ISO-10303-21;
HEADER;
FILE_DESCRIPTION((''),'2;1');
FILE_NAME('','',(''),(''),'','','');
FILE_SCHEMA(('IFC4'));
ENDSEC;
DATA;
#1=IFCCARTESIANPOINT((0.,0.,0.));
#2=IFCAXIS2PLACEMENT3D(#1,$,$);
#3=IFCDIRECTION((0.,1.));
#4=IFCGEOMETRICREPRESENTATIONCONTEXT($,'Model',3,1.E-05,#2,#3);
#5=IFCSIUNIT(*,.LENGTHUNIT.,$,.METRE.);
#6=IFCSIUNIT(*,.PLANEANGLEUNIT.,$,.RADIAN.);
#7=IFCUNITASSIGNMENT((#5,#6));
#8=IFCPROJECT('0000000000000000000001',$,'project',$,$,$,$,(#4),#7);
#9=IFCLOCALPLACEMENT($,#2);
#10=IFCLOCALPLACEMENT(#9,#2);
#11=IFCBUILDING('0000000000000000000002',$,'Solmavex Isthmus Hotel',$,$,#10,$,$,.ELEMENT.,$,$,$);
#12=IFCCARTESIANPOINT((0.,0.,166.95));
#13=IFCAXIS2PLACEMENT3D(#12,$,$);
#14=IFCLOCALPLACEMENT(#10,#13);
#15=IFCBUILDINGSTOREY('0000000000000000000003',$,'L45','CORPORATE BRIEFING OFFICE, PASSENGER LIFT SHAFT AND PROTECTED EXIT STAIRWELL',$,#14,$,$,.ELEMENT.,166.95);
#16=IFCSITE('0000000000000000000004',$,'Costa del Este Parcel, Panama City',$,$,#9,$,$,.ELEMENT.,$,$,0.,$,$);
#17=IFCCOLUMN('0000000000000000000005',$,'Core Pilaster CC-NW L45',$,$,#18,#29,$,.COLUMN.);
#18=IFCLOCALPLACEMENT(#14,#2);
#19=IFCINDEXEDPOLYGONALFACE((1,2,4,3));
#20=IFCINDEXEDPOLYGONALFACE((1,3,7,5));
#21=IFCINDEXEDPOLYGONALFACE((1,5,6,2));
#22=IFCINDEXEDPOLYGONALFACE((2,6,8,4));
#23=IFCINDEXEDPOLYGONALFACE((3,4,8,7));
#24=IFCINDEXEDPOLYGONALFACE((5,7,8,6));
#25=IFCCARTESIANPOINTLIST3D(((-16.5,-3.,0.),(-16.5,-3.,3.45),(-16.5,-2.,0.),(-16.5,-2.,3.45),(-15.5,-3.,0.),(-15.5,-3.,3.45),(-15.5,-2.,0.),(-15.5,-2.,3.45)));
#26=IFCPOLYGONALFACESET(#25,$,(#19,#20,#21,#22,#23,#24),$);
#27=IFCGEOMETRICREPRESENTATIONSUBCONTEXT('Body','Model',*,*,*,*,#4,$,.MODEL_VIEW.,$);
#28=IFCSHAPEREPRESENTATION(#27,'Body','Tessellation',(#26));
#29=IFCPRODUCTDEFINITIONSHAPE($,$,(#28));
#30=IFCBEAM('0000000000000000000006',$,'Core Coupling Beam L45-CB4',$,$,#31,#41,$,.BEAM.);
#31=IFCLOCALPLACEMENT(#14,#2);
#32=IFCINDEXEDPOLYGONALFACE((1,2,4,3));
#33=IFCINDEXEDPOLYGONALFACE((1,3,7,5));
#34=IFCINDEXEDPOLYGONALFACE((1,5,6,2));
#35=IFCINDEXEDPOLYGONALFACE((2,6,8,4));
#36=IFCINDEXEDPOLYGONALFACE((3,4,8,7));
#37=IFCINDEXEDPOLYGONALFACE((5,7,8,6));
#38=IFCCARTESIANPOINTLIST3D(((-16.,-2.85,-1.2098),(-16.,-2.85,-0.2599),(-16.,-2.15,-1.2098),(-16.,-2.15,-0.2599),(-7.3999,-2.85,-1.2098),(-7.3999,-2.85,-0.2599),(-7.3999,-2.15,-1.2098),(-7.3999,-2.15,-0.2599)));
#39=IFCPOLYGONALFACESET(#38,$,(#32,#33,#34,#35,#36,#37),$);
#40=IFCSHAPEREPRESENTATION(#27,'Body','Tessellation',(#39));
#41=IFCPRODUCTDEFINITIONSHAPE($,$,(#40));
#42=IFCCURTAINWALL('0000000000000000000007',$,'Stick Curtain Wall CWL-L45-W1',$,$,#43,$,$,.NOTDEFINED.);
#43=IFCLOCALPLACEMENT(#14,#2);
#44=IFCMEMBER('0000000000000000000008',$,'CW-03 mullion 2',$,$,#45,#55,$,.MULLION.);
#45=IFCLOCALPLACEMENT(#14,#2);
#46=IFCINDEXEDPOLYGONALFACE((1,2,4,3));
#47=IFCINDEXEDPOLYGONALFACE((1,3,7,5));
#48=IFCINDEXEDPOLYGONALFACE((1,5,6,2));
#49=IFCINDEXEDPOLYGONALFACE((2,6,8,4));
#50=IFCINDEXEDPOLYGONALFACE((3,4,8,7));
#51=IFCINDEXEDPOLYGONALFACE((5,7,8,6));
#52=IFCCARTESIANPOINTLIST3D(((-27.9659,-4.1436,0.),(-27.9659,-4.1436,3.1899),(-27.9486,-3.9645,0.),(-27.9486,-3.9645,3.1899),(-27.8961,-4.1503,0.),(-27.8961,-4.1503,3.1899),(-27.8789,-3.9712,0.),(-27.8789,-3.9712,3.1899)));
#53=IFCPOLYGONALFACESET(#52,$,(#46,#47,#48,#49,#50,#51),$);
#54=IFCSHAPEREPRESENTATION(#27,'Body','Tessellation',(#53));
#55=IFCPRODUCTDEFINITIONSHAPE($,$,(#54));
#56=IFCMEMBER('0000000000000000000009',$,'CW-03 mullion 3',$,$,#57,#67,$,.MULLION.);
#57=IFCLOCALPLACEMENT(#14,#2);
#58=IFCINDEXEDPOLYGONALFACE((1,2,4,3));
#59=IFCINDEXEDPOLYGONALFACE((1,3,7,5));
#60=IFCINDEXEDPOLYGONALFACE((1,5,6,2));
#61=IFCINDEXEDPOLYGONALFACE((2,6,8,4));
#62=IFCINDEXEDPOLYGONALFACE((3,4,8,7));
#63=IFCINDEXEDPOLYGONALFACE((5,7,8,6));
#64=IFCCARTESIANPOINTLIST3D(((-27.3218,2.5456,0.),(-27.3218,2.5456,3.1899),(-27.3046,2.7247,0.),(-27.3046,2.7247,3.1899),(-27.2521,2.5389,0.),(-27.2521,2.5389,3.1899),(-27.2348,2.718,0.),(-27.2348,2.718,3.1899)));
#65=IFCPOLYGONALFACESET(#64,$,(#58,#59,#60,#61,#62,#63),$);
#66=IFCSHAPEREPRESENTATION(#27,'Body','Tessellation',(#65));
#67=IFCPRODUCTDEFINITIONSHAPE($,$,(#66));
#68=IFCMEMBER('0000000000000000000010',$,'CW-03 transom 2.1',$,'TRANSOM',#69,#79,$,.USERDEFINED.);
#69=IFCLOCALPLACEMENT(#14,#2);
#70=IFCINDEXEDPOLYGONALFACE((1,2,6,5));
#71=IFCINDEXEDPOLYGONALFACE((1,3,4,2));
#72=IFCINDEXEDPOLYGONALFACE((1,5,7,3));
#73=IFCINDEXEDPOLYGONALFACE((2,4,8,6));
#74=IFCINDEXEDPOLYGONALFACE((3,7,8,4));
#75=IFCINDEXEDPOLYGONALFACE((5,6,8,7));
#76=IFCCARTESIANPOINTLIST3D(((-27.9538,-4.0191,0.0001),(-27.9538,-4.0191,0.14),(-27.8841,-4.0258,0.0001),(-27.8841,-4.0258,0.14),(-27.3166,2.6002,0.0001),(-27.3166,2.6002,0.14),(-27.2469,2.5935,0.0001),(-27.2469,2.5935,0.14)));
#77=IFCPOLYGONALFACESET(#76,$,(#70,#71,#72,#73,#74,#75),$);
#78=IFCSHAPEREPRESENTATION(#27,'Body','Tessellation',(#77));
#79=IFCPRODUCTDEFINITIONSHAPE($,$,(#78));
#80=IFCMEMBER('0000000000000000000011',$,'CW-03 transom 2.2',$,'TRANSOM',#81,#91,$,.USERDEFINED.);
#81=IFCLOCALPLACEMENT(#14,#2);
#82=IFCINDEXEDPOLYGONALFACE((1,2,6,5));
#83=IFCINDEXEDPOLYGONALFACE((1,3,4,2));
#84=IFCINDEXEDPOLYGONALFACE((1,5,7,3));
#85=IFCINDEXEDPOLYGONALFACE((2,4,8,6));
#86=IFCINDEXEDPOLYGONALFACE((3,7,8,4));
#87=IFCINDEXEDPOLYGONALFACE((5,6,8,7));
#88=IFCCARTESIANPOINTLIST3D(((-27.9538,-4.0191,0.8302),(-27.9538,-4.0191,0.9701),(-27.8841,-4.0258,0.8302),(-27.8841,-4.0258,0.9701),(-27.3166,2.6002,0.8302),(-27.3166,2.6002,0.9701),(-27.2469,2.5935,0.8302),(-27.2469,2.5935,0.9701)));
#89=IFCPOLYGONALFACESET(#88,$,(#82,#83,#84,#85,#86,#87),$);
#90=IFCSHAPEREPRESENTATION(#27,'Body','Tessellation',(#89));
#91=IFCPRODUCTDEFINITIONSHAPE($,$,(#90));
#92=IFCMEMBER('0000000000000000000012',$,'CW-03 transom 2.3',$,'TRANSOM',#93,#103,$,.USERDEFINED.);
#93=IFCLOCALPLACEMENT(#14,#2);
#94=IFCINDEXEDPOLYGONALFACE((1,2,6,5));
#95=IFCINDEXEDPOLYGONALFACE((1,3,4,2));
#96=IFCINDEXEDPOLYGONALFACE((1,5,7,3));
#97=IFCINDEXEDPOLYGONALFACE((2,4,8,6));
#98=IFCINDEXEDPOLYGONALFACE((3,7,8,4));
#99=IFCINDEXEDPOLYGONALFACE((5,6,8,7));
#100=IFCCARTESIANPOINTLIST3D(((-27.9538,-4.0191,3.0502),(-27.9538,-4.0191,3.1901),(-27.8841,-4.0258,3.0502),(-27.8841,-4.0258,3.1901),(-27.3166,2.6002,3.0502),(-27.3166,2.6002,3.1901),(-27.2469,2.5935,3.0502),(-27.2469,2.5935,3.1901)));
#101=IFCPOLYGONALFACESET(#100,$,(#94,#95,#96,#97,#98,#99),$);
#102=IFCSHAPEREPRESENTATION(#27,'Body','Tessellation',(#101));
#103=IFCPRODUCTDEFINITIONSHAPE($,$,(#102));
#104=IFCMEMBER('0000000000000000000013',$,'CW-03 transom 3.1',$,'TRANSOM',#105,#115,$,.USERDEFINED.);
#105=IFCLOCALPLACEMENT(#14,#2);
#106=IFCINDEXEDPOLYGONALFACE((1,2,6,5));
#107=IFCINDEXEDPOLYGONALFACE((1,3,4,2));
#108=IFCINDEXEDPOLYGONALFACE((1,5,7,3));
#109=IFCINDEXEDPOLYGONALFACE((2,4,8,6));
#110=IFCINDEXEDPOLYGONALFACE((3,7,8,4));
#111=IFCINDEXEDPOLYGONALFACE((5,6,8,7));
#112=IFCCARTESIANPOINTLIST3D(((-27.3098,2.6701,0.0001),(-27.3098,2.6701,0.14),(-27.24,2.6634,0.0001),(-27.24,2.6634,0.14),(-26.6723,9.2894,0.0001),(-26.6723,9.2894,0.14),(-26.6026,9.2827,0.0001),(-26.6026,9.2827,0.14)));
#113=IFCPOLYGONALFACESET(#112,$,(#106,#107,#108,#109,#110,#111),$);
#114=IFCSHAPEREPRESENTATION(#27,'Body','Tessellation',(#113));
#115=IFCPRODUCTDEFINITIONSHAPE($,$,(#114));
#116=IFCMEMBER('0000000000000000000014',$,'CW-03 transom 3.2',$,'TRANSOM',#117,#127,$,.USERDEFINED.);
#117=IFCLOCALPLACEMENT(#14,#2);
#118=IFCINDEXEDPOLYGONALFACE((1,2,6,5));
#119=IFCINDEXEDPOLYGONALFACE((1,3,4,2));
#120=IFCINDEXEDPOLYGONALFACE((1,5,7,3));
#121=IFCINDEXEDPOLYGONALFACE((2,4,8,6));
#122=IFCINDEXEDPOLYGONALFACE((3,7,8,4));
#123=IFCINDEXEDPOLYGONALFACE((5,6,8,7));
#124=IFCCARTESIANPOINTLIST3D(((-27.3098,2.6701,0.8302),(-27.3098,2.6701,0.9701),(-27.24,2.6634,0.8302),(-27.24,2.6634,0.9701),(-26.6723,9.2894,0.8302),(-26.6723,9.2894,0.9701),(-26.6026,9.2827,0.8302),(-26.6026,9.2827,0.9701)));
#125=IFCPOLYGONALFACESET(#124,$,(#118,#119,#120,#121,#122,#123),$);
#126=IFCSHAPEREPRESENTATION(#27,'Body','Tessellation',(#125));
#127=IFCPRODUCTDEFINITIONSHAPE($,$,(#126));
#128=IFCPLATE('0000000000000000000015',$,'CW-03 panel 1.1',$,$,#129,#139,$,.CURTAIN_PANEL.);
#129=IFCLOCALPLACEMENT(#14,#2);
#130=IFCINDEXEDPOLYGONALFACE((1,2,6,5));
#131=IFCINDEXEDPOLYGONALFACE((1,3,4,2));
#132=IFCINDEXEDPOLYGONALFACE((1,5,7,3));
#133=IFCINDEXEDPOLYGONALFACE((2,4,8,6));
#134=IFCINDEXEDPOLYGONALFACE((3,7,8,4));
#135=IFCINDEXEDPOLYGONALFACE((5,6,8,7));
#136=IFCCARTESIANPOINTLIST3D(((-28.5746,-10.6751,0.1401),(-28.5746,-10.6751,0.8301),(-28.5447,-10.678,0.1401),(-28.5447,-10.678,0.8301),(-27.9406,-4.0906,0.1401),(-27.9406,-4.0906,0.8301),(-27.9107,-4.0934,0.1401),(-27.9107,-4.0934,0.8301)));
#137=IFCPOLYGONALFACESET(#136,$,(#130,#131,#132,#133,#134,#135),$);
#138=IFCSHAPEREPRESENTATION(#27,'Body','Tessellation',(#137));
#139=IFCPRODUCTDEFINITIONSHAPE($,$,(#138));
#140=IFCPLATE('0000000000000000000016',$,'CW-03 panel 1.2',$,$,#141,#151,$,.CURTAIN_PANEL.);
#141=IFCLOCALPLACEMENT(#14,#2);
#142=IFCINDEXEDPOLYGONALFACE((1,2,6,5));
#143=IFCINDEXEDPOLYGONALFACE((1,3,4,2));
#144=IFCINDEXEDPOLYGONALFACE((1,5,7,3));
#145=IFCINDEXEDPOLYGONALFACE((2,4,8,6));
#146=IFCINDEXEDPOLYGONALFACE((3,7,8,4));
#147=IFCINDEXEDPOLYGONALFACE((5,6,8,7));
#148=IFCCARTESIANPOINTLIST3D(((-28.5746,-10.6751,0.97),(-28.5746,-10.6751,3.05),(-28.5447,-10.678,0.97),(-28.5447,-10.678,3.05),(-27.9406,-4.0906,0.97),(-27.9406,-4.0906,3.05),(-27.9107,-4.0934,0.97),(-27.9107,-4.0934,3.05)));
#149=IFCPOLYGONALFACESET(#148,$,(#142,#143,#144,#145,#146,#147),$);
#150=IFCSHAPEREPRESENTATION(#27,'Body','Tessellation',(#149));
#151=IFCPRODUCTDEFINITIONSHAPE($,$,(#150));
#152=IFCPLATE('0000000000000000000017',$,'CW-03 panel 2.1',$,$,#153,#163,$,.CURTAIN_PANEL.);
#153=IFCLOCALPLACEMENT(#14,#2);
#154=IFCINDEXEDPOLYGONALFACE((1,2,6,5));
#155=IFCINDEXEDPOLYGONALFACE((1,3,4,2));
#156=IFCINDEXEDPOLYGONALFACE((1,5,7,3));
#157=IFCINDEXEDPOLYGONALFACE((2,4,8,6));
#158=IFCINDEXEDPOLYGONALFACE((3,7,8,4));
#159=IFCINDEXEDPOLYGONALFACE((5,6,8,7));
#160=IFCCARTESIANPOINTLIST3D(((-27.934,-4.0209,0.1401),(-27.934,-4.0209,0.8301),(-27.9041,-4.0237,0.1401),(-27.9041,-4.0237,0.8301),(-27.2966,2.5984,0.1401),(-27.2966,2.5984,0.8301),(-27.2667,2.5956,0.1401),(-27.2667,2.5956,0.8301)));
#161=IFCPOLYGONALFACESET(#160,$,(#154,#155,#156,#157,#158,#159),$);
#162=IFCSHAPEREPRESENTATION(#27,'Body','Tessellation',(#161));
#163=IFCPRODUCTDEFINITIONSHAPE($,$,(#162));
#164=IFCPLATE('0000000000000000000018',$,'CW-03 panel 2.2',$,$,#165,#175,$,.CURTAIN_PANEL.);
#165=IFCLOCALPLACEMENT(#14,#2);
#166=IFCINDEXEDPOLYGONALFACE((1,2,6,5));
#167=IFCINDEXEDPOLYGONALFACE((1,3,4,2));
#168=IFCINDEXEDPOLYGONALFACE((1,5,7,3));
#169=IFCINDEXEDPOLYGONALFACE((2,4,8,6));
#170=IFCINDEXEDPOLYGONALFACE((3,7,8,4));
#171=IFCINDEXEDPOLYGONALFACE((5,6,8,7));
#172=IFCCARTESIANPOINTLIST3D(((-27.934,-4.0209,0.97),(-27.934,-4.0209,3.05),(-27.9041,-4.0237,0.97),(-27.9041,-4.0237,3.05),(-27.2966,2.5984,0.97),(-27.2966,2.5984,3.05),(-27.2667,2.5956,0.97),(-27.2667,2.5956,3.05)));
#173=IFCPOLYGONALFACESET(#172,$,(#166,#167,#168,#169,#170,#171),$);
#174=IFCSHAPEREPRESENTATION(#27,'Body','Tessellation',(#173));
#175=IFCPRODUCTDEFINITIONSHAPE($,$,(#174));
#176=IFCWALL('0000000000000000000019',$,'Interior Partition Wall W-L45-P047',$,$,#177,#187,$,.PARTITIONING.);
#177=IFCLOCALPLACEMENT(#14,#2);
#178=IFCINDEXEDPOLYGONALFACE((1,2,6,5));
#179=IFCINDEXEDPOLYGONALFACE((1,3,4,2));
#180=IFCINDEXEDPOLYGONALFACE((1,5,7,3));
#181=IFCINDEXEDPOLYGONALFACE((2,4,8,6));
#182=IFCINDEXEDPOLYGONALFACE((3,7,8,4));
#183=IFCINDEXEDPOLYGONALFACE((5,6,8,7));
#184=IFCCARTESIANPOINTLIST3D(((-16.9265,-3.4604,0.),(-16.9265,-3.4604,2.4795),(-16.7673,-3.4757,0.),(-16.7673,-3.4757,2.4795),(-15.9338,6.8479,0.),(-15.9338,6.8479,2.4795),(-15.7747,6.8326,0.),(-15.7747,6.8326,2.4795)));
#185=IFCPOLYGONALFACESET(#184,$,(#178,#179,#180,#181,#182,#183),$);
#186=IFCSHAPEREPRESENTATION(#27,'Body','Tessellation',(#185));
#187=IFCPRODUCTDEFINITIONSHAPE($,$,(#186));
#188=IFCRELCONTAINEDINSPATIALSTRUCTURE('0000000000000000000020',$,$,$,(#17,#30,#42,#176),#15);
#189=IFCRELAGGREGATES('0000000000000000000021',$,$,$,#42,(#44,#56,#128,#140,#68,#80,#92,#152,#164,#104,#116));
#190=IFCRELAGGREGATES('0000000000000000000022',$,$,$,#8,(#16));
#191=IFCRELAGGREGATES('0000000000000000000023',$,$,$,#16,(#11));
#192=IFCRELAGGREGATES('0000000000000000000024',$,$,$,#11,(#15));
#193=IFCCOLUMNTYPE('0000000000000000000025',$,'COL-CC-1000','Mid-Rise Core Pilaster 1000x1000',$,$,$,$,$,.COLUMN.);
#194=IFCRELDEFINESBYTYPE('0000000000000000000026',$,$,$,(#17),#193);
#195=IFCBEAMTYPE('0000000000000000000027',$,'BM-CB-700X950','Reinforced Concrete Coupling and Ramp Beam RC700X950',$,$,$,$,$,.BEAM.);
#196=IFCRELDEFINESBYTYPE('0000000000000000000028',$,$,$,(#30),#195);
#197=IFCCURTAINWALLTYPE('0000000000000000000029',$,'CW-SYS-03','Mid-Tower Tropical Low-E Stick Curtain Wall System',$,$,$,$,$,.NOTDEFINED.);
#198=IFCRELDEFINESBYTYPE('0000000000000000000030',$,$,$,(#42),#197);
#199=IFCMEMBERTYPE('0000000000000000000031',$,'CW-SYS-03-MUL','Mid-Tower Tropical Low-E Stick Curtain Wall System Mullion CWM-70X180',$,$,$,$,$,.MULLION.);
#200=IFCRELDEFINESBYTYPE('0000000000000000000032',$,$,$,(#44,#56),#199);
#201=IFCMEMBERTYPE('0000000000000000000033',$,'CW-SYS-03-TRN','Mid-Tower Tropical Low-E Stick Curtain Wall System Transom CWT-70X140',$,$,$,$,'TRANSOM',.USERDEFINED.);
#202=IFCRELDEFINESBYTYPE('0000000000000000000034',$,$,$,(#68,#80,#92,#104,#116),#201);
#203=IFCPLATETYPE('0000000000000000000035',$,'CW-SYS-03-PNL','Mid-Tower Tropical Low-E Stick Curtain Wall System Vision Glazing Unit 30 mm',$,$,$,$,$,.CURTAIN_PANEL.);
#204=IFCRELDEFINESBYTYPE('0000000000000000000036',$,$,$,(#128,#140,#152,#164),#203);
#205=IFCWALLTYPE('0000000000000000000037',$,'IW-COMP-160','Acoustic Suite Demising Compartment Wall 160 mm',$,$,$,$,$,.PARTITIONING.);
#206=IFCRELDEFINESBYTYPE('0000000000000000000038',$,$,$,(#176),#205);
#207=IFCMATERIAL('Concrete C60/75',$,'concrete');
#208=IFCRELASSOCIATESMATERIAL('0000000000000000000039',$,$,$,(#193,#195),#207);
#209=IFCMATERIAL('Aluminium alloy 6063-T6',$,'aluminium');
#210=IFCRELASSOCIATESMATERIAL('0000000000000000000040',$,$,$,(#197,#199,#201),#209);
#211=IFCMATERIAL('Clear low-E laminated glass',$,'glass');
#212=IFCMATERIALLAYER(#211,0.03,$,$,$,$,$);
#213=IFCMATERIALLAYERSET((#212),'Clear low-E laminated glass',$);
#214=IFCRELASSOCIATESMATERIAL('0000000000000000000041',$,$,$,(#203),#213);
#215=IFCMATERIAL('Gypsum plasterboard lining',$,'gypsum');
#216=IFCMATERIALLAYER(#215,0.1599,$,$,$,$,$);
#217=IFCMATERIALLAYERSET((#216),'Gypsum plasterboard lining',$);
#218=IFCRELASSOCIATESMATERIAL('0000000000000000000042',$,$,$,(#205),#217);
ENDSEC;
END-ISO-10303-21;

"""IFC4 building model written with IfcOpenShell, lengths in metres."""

from ifc_helpers import new_model, si_unit, direction, frame, frame_2d, origin, origin_2d, place, context, subcontext, project, spatial, rectangle, extrude, material, layer, layer_set, material_profile, profile_set, type_object, element, aggregate, save


model = new_model("IFC4")

# Units and contexts
model_context = context("Model", 3, precision=1e-05, world=origin(), true_north=direction((0.0, 1.0)))
body_context = subcontext(model_context, "Body", "Model", "MODEL_VIEW")
ifc_project = project(units=[si_unit("LENGTHUNIT", "METRE"), si_unit("PLANEANGLEUNIT", "RADIAN")], contexts=[model_context])

# Site, building, storey
site_placement = place(None, origin())
site = spatial("IfcSite", under=ifc_project, at=site_placement, Name="Costa del Este Parcel, Panama City", CompositionType="ELEMENT", RefElevation=0.0)
building_placement = place(site_placement, origin())
building = spatial("IfcBuilding", under=site, at=building_placement, Name="Solmavex Isthmus Hotel", CompositionType="ELEMENT")
storey_placement = place(building_placement, frame((0.0, 0.0, 166.95)))
storey = spatial("IfcBuildingStorey", under=building, at=storey_placement, Name="L45", Description="CORPORATE BRIEFING OFFICE, PASSENGER LIFT SHAFT AND PROTECTED EXIT STAIRWELL", CompositionType="ELEMENT", Elevation=166.95)

# Column
ifc_material_1 = material(Name="Concrete C60/75", Category="concrete")
ifc_material_profile_1 = material_profile(ifc_material_1, rectangle(XDim=1.0, YDim=1.0, at=origin_2d()), Name="RC1000X1000")
ifc_profile_set_1 = profile_set([ifc_material_profile_1], Name="Concrete C60/75")
column_type = type_object("IfcColumnType", Name="COL-CC-1000", Description="Mid-Rise Core Pilaster 1000x1000", PredefinedType="COLUMN", material=ifc_profile_set_1)
column_placement = place(storey_placement, frame((-16.0, -2.5, 0.0), z_axis=(0.0, 0.0, 1.0), x_axis=(1.0, 0.0, 0.0)))
element("IfcColumn", 1, at=column_placement, inside=storey, type_object=column_type, Name="Core Pilaster CC-NW L45", PredefinedType="COLUMN", context=body_context, shape_type="SweptSolid", body=[
    extrude(rectangle(XDim=1.0, YDim=1.0, at=origin_2d()), origin(), (0.0, 0.0, 1.0), 3.45),
])

# Beam
ifc_material_profile_2 = material_profile(ifc_material_1, rectangle(XDim=0.7, YDim=0.95, at=origin_2d()), Name="RC700X950")
ifc_profile_set_2 = profile_set([ifc_material_profile_2], Name="Concrete C60/75")
beam_type = type_object("IfcBeamType", Name="BM-CB-700X950", Description="Reinforced Concrete Coupling and Ramp Beam RC700X950", PredefinedType="BEAM", material=ifc_profile_set_2)
beam_placement = place(storey_placement, frame((-16.0, -2.5, -0.7349), z_axis=(1.0, 0.0, 0.0), x_axis=(0.0, 1.0, 0.0)))
element("IfcBeam", 2, at=beam_placement, inside=storey, type_object=beam_type, Name="Core Coupling Beam L45-CB4", PredefinedType="BEAM", context=body_context, shape_type="SweptSolid", body=[
    extrude(rectangle(XDim=0.7, YDim=0.95, at=origin_2d()), origin(), (0.0, 0.0, 1.0), 8.6001),
])

# Curtain wall, members, plates
ifc_material_2 = material(Name="Aluminium alloy 6063-T6", Category="aluminium")
curtain_wall_type = type_object("IfcCurtainWallType", Name="CW-SYS-03", Description="Mid-Tower Tropical Low-E Stick Curtain Wall System", PredefinedType="NOTDEFINED", material=ifc_material_2)
curtain_wall_placement = place(storey_placement, origin())
curtain_wall = element("IfcCurtainWall", 3, at=curtain_wall_placement, inside=storey, type_object=curtain_wall_type, Name="Stick Curtain Wall CWL-L45-W1", PredefinedType="NOTDEFINED")
ifc_material_profile_3 = material_profile(ifc_material_2, rectangle(XDim=0.0701, YDim=0.1799, at=origin_2d()), Name="CWM-70X180")
ifc_profile_set_3 = profile_set([ifc_material_profile_3], Name="Aluminium alloy 6063-T6")
member_type_1 = type_object("IfcMemberType", Name="CW-SYS-03-MUL", Description="Mid-Tower Tropical Low-E Stick Curtain Wall System Mullion CWM-70X180", PredefinedType="MULLION", material=ifc_profile_set_3)
member_1_placement = place(storey_placement, frame((-27.9224, -4.0574, 0.0), z_axis=(0.0, 0.0, 1.0), x_axis=(-0.995396, 0.095846, 0.0)))
member_1 = element("IfcMember", 4, at=member_1_placement, type_object=member_type_1, Name="CW-03 mullion 2", PredefinedType="MULLION", context=body_context, shape_type="SweptSolid", body=[
    extrude(rectangle(XDim=0.0701, YDim=0.1799, at=origin_2d()), origin(), (0.0, 0.0, 1.0), 3.1899),
])
member_2_placement = place(storey_placement, frame((-27.2783, 2.6318, 0.0), z_axis=(0.0, 0.0, 1.0), x_axis=(-0.995396, 0.095846, 0.0)))
member_2 = element("IfcMember", 5, at=member_2_placement, type_object=member_type_1, Name="CW-03 mullion 3", PredefinedType="MULLION", context=body_context, shape_type="SweptSolid", body=[
    extrude(rectangle(XDim=0.0701, YDim=0.1799, at=origin_2d()), origin(), (0.0, 0.0, 1.0), 3.1899),
])
ifc_material_profile_4 = material_profile(ifc_material_2, rectangle(XDim=0.0701, YDim=0.1399, at=origin_2d()), Name="CWT-70X140")
ifc_profile_set_4 = profile_set([ifc_material_profile_4], Name="Aluminium alloy 6063-T6")
member_type_2 = type_object("IfcMemberType", Name="CW-SYS-03-TRN", Description="Mid-Tower Tropical Low-E Stick Curtain Wall System Transom CWT-70X140", ElementType="TRANSOM", PredefinedType="USERDEFINED", material=ifc_profile_set_4)
member_3_placement = place(storey_placement, frame((-27.9189, -4.0225, 0.0701), z_axis=(0.095821, 0.995399, 0.0), x_axis=(-0.995399, 0.095821, 0.0)))
member_3 = element("IfcMember", 6, at=member_3_placement, type_object=member_type_2, Name="CW-03 transom 2.1", ObjectType="TRANSOM", PredefinedType="USERDEFINED", context=body_context, shape_type="SweptSolid", body=[
    extrude(rectangle(XDim=0.0701, YDim=0.1399, at=origin_2d()), origin(), (0.0, 0.0, 1.0), 6.6499),
])
member_4_placement = place(storey_placement, frame((-27.9189, -4.0225, 0.9001), z_axis=(0.095821, 0.995399, 0.0), x_axis=(-0.995399, 0.095821, 0.0)))
member_4 = element("IfcMember", 7, at=member_4_placement, type_object=member_type_2, Name="CW-03 transom 2.2", ObjectType="TRANSOM", PredefinedType="USERDEFINED", context=body_context, shape_type="SweptSolid", body=[
    extrude(rectangle(XDim=0.0701, YDim=0.1399, at=origin_2d()), origin(), (0.0, 0.0, 1.0), 6.6499),
])
member_5_placement = place(storey_placement, frame((-27.9189, -4.0225, 3.1201), z_axis=(0.095821, 0.995399, 0.0), x_axis=(-0.995399, 0.095821, 0.0)))
member_5 = element("IfcMember", 8, at=member_5_placement, type_object=member_type_2, Name="CW-03 transom 2.3", ObjectType="TRANSOM", PredefinedType="USERDEFINED", context=body_context, shape_type="SweptSolid", body=[
    extrude(rectangle(XDim=0.0701, YDim=0.1399, at=origin_2d()), origin(), (0.0, 0.0, 1.0), 6.6499),
])
member_6_placement = place(storey_placement, frame((-27.2749, 2.6667, 0.0701), z_axis=(0.095857, 0.995395, 0.0), x_axis=(-0.995395, 0.095857, 0.0)))
member_6 = element("IfcMember", 9, at=member_6_placement, type_object=member_type_2, Name="CW-03 transom 3.1", ObjectType="TRANSOM", PredefinedType="USERDEFINED", context=body_context, shape_type="SweptSolid", body=[
    extrude(rectangle(XDim=0.0701, YDim=0.1399, at=origin_2d()), origin(), (0.0, 0.0, 1.0), 6.6499),
])
member_7_placement = place(storey_placement, frame((-27.2749, 2.6667, 0.9001), z_axis=(0.095857, 0.995395, 0.0), x_axis=(-0.995395, 0.095857, 0.0)))
member_7 = element("IfcMember", 10, at=member_7_placement, type_object=member_type_2, Name="CW-03 transom 3.2", ObjectType="TRANSOM", PredefinedType="USERDEFINED", context=body_context, shape_type="SweptSolid", body=[
    extrude(rectangle(XDim=0.0701, YDim=0.1399, at=origin_2d()), origin(), (0.0, 0.0, 1.0), 6.6499),
])
ifc_material_3 = material(Name="Clear low-E laminated glass", Category="glass")
ifc_layer_1 = layer(ifc_material_3, 0.03)
ifc_layer_set_1 = layer_set([ifc_layer_1], Name="Clear low-E laminated glass")
plate_type = type_object("IfcPlateType", Name="CW-SYS-03-PNL", Description="Mid-Tower Tropical Low-E Stick Curtain Wall System Vision Glazing Unit 30 mm", PredefinedType="CURTAIN_PANEL", material=ifc_layer_set_1)
plate_1_placement = place(storey_placement, frame((-28.2427, -7.3843, 0.1401), z_axis=(0.0, 0.0, 1.0), x_axis=(0.095846, 0.995396, 0.0)))
plate_1 = element("IfcPlate", 11, at=plate_1_placement, type_object=plate_type, Name="CW-03 panel 1.1", PredefinedType="CURTAIN_PANEL", context=body_context, shape_type="SweptSolid", body=[
    extrude(rectangle(XDim=6.615, YDim=0.03, at=origin_2d()), origin(), (0.0, 0.0, 1.0), 0.6899),
])
plate_2_placement = place(storey_placement, frame((-28.2427, -7.3843, 0.97), z_axis=(0.0, 0.0, 1.0), x_axis=(0.095846, 0.995396, 0.0)))
plate_2 = element("IfcPlate", 12, at=plate_2_placement, type_object=plate_type, Name="CW-03 panel 1.2", PredefinedType="CURTAIN_PANEL", context=body_context, shape_type="SweptSolid", body=[
    extrude(rectangle(XDim=6.615, YDim=0.03, at=origin_2d()), origin(), (0.0, 0.0, 1.0), 2.0801),
])
plate_3_placement = place(storey_placement, frame((-27.6003, -0.7126, 0.1401), z_axis=(0.0, 0.0, 1.0), x_axis=(0.095846, 0.995396, 0.0)))
plate_3 = element("IfcPlate", 13, at=plate_3_placement, type_object=plate_type, Name="CW-03 panel 2.1", PredefinedType="CURTAIN_PANEL", context=body_context, shape_type="SweptSolid", body=[
    extrude(rectangle(XDim=6.6499, YDim=0.03, at=origin_2d()), origin(), (0.0, 0.0, 1.0), 0.6899),
])
plate_4_placement = place(storey_placement, frame((-27.6003, -0.7126, 0.97), z_axis=(0.0, 0.0, 1.0), x_axis=(0.095846, 0.995396, 0.0)))
plate_4 = element("IfcPlate", 14, at=plate_4_placement, type_object=plate_type, Name="CW-03 panel 2.2", PredefinedType="CURTAIN_PANEL", context=body_context, shape_type="SweptSolid", body=[
    extrude(rectangle(XDim=6.6499, YDim=0.03, at=origin_2d()), origin(), (0.0, 0.0, 1.0), 2.0801),
])
aggregate(curtain_wall, [member_1, member_2, plate_1, plate_2, member_3, member_4, member_5, plate_3, plate_4, member_6, member_7])

# Wall
ifc_material_4 = material(Name="Gypsum plasterboard lining", Category="gypsum")
ifc_layer_2 = layer(ifc_material_4, 0.1599)
ifc_layer_set_2 = layer_set([ifc_layer_2], Name="Gypsum plasterboard lining")
wall_type_1 = type_object("IfcWallType", Name="IW-COMP-160", Description="Acoustic Suite Demising Compartment Wall 160 mm", PredefinedType="PARTITIONING", material=ifc_layer_set_2)
wall_1_placement = place(storey_placement, frame((-16.8469, -3.468, 0.0), z_axis=(0.0, 0.0, 1.0), x_axis=(0.095855, 0.995395, 0.0)))
element("IfcWall", 15, at=wall_1_placement, inside=storey, type_object=wall_type_1, Name="Interior Partition Wall W-L45-P047", PredefinedType="PARTITIONING", context=body_context, shape_type="SweptSolid", body=[
    extrude(rectangle(XDim=10.356, YDim=0.1599, at=frame_2d((5.178, 0.0))), origin(), (0.0, 0.0, 1.0), 2.4795),
])

save(model, "model.ifc")
